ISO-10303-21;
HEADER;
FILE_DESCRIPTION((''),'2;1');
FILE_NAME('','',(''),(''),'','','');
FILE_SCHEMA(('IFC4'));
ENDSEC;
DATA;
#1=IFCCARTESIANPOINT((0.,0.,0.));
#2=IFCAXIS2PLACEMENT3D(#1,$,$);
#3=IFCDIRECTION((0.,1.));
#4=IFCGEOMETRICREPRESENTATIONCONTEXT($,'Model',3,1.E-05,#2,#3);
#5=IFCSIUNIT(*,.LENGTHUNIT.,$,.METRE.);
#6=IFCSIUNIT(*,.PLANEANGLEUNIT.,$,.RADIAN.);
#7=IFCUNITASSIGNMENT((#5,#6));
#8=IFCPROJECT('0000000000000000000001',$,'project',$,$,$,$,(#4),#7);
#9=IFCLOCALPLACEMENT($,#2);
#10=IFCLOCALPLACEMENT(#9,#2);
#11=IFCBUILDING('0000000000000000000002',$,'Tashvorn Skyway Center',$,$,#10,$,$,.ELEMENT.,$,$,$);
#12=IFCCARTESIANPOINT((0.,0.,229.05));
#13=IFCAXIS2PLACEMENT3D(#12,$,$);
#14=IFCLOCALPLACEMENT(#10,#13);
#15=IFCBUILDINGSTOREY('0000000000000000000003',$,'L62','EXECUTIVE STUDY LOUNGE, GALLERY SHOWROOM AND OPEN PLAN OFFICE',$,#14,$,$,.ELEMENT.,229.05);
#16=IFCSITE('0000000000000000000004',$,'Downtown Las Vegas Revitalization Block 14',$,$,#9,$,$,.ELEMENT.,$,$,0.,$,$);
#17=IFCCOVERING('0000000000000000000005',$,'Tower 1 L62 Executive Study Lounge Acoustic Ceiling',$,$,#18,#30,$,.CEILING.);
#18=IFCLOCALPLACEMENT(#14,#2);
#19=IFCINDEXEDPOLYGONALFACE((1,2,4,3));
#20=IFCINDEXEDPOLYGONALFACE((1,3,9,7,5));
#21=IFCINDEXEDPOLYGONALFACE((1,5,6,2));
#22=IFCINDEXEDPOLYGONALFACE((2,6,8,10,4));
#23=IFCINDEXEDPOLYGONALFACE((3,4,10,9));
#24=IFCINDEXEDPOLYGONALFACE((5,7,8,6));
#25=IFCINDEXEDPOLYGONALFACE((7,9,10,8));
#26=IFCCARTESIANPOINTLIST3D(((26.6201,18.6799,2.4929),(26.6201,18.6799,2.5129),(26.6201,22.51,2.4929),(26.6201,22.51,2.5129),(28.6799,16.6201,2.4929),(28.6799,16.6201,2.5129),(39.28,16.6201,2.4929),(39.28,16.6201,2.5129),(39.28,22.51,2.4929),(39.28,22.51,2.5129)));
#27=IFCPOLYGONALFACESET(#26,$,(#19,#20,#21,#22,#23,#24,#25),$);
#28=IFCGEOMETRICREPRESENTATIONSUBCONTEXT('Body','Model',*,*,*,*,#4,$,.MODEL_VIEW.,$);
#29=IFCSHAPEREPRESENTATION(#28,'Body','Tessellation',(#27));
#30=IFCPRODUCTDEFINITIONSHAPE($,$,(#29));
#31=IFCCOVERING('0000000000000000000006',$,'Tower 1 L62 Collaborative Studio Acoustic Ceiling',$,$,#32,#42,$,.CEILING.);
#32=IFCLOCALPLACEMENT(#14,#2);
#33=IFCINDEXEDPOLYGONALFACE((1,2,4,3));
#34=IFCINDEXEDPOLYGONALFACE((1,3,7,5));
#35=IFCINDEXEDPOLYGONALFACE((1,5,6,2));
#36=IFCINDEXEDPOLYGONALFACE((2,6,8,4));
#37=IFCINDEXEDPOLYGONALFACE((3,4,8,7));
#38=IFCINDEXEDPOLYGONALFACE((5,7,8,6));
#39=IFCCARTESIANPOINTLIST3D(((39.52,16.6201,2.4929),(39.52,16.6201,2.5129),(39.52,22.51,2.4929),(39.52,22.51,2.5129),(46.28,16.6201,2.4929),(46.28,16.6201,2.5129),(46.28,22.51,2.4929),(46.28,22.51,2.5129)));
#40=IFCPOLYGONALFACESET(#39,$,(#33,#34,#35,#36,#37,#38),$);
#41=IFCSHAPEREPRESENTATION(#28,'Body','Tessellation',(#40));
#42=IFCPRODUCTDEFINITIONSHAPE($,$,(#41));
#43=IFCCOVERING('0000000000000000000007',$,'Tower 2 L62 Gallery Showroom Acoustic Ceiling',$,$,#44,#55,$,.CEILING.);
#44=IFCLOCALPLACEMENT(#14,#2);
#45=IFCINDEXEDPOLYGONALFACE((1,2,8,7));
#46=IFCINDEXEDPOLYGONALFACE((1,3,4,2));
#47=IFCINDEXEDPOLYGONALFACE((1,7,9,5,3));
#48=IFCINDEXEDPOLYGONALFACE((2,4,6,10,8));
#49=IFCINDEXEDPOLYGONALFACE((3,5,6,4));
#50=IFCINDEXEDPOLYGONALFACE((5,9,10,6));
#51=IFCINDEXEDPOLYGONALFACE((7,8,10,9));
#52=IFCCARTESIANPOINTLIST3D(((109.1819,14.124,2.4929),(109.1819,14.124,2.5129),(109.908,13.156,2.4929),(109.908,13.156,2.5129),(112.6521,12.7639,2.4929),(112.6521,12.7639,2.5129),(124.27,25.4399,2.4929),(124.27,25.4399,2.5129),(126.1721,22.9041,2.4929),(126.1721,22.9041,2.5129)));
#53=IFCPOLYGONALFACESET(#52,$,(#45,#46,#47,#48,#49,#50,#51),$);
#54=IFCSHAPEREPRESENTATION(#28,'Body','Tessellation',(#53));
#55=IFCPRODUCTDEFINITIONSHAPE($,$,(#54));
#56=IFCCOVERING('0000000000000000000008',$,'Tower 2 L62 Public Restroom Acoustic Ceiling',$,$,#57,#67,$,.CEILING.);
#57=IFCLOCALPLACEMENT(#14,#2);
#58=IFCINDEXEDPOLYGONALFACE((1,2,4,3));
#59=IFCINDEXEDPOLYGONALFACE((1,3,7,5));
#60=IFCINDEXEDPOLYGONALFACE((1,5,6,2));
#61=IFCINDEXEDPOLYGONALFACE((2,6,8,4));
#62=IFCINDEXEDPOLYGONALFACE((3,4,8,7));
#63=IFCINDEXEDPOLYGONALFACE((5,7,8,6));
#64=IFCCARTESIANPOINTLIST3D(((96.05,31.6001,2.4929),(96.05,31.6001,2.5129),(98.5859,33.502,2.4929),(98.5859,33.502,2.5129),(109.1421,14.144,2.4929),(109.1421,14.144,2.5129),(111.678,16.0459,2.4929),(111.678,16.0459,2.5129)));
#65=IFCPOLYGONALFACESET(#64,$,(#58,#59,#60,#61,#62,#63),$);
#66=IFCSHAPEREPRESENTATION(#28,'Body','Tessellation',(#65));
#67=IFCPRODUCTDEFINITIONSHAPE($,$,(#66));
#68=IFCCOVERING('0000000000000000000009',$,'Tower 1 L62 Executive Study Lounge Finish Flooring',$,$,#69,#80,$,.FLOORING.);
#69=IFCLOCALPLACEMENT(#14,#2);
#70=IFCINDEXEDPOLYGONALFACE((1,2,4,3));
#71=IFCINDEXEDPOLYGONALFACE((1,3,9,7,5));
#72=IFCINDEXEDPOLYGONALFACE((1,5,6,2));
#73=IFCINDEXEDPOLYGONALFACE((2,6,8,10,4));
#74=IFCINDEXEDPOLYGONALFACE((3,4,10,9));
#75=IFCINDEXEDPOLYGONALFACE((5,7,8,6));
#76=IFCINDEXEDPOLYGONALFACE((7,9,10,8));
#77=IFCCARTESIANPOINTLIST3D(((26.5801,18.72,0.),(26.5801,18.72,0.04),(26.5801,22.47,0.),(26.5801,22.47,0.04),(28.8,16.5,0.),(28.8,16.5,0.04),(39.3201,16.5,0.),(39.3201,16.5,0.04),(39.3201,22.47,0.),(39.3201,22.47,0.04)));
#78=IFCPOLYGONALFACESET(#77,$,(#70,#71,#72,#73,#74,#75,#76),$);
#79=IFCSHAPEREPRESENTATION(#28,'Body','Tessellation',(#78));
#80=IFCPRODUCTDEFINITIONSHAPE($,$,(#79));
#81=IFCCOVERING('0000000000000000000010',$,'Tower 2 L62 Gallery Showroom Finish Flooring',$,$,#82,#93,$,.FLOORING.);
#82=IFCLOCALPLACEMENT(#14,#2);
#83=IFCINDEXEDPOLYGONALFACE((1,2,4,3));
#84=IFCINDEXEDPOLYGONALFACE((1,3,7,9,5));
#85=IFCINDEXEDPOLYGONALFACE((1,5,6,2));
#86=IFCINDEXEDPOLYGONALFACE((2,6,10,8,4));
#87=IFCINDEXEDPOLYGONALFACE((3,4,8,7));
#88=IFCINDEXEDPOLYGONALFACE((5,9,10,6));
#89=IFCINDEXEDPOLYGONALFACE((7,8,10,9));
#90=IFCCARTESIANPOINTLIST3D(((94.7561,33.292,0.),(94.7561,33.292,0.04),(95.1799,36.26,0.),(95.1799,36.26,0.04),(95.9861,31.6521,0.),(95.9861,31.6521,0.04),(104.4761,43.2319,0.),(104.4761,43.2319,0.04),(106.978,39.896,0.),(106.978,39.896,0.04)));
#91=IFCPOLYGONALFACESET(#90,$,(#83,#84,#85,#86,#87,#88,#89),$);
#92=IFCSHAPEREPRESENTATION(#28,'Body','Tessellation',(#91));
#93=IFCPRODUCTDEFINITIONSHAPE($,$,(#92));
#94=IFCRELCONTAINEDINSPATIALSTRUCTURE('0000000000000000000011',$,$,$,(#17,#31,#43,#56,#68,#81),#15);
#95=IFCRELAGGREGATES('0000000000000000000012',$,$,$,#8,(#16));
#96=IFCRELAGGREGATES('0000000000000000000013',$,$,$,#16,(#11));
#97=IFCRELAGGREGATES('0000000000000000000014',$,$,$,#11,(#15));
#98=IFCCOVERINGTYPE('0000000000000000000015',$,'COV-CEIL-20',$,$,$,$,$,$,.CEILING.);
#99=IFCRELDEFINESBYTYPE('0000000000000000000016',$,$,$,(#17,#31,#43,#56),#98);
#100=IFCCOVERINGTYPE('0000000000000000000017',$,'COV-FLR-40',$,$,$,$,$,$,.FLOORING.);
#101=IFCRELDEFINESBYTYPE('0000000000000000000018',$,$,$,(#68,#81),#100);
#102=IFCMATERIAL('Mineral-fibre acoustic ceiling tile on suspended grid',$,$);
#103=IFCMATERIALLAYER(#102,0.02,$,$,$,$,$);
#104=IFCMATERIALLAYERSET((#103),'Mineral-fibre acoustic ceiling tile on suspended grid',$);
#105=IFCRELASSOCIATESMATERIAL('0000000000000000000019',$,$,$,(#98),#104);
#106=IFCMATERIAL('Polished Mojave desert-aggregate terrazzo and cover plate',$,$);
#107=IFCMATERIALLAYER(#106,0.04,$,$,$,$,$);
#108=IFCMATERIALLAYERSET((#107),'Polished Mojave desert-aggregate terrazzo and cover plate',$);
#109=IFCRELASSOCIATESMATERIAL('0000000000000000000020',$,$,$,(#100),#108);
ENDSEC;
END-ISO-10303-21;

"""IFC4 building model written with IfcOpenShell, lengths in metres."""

from ifc_helpers import new_model, si_unit, direction, frame, origin, place, context, subcontext, project, spatial, polyline, outline, extrude, material, layer, layer_set, type_object, element, save


model = new_model("IFC4")

# Units and contexts
model_context = context("Model", 3, precision=1e-05, world=origin(), true_north=direction((0.0, 1.0)))
body_context = subcontext(model_context, "Body", "Model", "MODEL_VIEW")
ifc_project = project(units=[si_unit("LENGTHUNIT", "METRE"), si_unit("PLANEANGLEUNIT", "RADIAN")], contexts=[model_context])

# Site, building, storey
site_placement = place(None, origin())
site = spatial("IfcSite", under=ifc_project, at=site_placement, Name="Downtown Las Vegas Revitalization Block 14", CompositionType="ELEMENT", RefElevation=0.0)
building_placement = place(site_placement, origin())
building = spatial("IfcBuilding", under=site, at=building_placement, Name="Tashvorn Skyway Center", CompositionType="ELEMENT")
storey_placement = place(building_placement, frame((0.0, 0.0, 229.05)))
storey = spatial("IfcBuildingStorey", under=building, at=storey_placement, Name="L62", Description="EXECUTIVE STUDY LOUNGE, GALLERY SHOWROOM AND OPEN PLAN OFFICE", CompositionType="ELEMENT", Elevation=229.05)

# Coverings
ifc_material_1 = material(Name="Mineral-fibre acoustic ceiling tile on suspended grid")
ifc_layer_1 = layer(ifc_material_1, 0.02)
ifc_layer_set_1 = layer_set([ifc_layer_1], Name="Mineral-fibre acoustic ceiling tile on suspended grid")
covering_type_1 = type_object("IfcCoveringType", Name="COV-CEIL-20", PredefinedType="CEILING", material=ifc_layer_set_1)
covering_1_placement = place(storey_placement, frame((0.0, 0.0, 2.4929)))
element("IfcCovering", 1, at=covering_1_placement, inside=storey, type_object=covering_type_1, Name="Tower 1 L62 Executive Study Lounge Acoustic Ceiling", PredefinedType="CEILING", context=body_context, shape_type="SweptSolid", body=[
    extrude(outline(polyline([(26.6201, 22.51), (39.28, 22.51), (39.28, 16.6201), (28.6799, 16.6201), (26.6201, 18.6799), (26.6201, 22.51)])), origin(), (0.0, 0.0, 1.0), 0.02),
])
covering_2_placement = place(storey_placement, frame((0.0, 0.0, 2.4929)))
element("IfcCovering", 2, at=covering_2_placement, inside=storey, type_object=covering_type_1, Name="Tower 1 L62 Collaborative Studio Acoustic Ceiling", PredefinedType="CEILING", context=body_context, shape_type="SweptSolid", body=[
    extrude(outline(polyline([(39.52, 22.51), (46.28, 22.51), (46.28, 16.6201), (39.52, 16.6201), (39.52, 22.51)])), origin(), (0.0, 0.0, 1.0), 0.02),
])
covering_3_placement = place(storey_placement, frame((0.0, 0.0, 2.4929)))
element("IfcCovering", 3, at=covering_3_placement, inside=storey, type_object=covering_type_1, Name="Tower 2 L62 Gallery Showroom Acoustic Ceiling", PredefinedType="CEILING", context=body_context, shape_type="SweptSolid", body=[
    extrude(outline(polyline([(109.1819, 14.124), (124.27, 25.4399), (126.1721, 22.9041), (112.6521, 12.7639), (109.908, 13.156), (109.1819, 14.124)])), origin(), (0.0, 0.0, 1.0), 0.02),
])
covering_4_placement = place(storey_placement, frame((0.0, 0.0, 2.4929)))
element("IfcCovering", 4, at=covering_4_placement, inside=storey, type_object=covering_type_1, Name="Tower 2 L62 Public Restroom Acoustic Ceiling", PredefinedType="CEILING", context=body_context, shape_type="SweptSolid", body=[
    extrude(outline(polyline([(109.1421, 14.144), (111.678, 16.0459), (98.5859, 33.502), (96.05, 31.6001), (109.1421, 14.144)])), origin(), (0.0, 0.0, 1.0), 0.02),
])
ifc_material_2 = material(Name="Polished Mojave desert-aggregate terrazzo and cover plate")
ifc_layer_2 = layer(ifc_material_2, 0.04)
ifc_layer_set_2 = layer_set([ifc_layer_2], Name="Polished Mojave desert-aggregate terrazzo and cover plate")
covering_type_2 = type_object("IfcCoveringType", Name="COV-FLR-40", PredefinedType="FLOORING", material=ifc_layer_set_2)
covering_5_placement = place(storey_placement, origin())
element("IfcCovering", 5, at=covering_5_placement, inside=storey, type_object=covering_type_2, Name="Tower 1 L62 Executive Study Lounge Finish Flooring", PredefinedType="FLOORING", context=body_context, shape_type="SweptSolid", body=[
    extrude(outline(polyline([(28.8, 16.5), (26.5801, 18.72), (26.5801, 22.47), (39.3201, 22.47), (39.3201, 16.5), (28.8, 16.5)])), origin(), (0.0, 0.0, 1.0), 0.04),
])
covering_6_placement = place(storey_placement, origin())
element("IfcCovering", 6, at=covering_6_placement, inside=storey, type_object=covering_type_2, Name="Tower 2 L62 Gallery Showroom Finish Flooring", PredefinedType="FLOORING", context=body_context, shape_type="SweptSolid", body=[
    extrude(outline(polyline([(106.978, 39.896), (95.9861, 31.6521), (94.7561, 33.292), (95.1799, 36.26), (104.4761, 43.2319), (106.978, 39.896)])), origin(), (0.0, 0.0, 1.0), 0.04),
])

save(model, "model.ifc")
